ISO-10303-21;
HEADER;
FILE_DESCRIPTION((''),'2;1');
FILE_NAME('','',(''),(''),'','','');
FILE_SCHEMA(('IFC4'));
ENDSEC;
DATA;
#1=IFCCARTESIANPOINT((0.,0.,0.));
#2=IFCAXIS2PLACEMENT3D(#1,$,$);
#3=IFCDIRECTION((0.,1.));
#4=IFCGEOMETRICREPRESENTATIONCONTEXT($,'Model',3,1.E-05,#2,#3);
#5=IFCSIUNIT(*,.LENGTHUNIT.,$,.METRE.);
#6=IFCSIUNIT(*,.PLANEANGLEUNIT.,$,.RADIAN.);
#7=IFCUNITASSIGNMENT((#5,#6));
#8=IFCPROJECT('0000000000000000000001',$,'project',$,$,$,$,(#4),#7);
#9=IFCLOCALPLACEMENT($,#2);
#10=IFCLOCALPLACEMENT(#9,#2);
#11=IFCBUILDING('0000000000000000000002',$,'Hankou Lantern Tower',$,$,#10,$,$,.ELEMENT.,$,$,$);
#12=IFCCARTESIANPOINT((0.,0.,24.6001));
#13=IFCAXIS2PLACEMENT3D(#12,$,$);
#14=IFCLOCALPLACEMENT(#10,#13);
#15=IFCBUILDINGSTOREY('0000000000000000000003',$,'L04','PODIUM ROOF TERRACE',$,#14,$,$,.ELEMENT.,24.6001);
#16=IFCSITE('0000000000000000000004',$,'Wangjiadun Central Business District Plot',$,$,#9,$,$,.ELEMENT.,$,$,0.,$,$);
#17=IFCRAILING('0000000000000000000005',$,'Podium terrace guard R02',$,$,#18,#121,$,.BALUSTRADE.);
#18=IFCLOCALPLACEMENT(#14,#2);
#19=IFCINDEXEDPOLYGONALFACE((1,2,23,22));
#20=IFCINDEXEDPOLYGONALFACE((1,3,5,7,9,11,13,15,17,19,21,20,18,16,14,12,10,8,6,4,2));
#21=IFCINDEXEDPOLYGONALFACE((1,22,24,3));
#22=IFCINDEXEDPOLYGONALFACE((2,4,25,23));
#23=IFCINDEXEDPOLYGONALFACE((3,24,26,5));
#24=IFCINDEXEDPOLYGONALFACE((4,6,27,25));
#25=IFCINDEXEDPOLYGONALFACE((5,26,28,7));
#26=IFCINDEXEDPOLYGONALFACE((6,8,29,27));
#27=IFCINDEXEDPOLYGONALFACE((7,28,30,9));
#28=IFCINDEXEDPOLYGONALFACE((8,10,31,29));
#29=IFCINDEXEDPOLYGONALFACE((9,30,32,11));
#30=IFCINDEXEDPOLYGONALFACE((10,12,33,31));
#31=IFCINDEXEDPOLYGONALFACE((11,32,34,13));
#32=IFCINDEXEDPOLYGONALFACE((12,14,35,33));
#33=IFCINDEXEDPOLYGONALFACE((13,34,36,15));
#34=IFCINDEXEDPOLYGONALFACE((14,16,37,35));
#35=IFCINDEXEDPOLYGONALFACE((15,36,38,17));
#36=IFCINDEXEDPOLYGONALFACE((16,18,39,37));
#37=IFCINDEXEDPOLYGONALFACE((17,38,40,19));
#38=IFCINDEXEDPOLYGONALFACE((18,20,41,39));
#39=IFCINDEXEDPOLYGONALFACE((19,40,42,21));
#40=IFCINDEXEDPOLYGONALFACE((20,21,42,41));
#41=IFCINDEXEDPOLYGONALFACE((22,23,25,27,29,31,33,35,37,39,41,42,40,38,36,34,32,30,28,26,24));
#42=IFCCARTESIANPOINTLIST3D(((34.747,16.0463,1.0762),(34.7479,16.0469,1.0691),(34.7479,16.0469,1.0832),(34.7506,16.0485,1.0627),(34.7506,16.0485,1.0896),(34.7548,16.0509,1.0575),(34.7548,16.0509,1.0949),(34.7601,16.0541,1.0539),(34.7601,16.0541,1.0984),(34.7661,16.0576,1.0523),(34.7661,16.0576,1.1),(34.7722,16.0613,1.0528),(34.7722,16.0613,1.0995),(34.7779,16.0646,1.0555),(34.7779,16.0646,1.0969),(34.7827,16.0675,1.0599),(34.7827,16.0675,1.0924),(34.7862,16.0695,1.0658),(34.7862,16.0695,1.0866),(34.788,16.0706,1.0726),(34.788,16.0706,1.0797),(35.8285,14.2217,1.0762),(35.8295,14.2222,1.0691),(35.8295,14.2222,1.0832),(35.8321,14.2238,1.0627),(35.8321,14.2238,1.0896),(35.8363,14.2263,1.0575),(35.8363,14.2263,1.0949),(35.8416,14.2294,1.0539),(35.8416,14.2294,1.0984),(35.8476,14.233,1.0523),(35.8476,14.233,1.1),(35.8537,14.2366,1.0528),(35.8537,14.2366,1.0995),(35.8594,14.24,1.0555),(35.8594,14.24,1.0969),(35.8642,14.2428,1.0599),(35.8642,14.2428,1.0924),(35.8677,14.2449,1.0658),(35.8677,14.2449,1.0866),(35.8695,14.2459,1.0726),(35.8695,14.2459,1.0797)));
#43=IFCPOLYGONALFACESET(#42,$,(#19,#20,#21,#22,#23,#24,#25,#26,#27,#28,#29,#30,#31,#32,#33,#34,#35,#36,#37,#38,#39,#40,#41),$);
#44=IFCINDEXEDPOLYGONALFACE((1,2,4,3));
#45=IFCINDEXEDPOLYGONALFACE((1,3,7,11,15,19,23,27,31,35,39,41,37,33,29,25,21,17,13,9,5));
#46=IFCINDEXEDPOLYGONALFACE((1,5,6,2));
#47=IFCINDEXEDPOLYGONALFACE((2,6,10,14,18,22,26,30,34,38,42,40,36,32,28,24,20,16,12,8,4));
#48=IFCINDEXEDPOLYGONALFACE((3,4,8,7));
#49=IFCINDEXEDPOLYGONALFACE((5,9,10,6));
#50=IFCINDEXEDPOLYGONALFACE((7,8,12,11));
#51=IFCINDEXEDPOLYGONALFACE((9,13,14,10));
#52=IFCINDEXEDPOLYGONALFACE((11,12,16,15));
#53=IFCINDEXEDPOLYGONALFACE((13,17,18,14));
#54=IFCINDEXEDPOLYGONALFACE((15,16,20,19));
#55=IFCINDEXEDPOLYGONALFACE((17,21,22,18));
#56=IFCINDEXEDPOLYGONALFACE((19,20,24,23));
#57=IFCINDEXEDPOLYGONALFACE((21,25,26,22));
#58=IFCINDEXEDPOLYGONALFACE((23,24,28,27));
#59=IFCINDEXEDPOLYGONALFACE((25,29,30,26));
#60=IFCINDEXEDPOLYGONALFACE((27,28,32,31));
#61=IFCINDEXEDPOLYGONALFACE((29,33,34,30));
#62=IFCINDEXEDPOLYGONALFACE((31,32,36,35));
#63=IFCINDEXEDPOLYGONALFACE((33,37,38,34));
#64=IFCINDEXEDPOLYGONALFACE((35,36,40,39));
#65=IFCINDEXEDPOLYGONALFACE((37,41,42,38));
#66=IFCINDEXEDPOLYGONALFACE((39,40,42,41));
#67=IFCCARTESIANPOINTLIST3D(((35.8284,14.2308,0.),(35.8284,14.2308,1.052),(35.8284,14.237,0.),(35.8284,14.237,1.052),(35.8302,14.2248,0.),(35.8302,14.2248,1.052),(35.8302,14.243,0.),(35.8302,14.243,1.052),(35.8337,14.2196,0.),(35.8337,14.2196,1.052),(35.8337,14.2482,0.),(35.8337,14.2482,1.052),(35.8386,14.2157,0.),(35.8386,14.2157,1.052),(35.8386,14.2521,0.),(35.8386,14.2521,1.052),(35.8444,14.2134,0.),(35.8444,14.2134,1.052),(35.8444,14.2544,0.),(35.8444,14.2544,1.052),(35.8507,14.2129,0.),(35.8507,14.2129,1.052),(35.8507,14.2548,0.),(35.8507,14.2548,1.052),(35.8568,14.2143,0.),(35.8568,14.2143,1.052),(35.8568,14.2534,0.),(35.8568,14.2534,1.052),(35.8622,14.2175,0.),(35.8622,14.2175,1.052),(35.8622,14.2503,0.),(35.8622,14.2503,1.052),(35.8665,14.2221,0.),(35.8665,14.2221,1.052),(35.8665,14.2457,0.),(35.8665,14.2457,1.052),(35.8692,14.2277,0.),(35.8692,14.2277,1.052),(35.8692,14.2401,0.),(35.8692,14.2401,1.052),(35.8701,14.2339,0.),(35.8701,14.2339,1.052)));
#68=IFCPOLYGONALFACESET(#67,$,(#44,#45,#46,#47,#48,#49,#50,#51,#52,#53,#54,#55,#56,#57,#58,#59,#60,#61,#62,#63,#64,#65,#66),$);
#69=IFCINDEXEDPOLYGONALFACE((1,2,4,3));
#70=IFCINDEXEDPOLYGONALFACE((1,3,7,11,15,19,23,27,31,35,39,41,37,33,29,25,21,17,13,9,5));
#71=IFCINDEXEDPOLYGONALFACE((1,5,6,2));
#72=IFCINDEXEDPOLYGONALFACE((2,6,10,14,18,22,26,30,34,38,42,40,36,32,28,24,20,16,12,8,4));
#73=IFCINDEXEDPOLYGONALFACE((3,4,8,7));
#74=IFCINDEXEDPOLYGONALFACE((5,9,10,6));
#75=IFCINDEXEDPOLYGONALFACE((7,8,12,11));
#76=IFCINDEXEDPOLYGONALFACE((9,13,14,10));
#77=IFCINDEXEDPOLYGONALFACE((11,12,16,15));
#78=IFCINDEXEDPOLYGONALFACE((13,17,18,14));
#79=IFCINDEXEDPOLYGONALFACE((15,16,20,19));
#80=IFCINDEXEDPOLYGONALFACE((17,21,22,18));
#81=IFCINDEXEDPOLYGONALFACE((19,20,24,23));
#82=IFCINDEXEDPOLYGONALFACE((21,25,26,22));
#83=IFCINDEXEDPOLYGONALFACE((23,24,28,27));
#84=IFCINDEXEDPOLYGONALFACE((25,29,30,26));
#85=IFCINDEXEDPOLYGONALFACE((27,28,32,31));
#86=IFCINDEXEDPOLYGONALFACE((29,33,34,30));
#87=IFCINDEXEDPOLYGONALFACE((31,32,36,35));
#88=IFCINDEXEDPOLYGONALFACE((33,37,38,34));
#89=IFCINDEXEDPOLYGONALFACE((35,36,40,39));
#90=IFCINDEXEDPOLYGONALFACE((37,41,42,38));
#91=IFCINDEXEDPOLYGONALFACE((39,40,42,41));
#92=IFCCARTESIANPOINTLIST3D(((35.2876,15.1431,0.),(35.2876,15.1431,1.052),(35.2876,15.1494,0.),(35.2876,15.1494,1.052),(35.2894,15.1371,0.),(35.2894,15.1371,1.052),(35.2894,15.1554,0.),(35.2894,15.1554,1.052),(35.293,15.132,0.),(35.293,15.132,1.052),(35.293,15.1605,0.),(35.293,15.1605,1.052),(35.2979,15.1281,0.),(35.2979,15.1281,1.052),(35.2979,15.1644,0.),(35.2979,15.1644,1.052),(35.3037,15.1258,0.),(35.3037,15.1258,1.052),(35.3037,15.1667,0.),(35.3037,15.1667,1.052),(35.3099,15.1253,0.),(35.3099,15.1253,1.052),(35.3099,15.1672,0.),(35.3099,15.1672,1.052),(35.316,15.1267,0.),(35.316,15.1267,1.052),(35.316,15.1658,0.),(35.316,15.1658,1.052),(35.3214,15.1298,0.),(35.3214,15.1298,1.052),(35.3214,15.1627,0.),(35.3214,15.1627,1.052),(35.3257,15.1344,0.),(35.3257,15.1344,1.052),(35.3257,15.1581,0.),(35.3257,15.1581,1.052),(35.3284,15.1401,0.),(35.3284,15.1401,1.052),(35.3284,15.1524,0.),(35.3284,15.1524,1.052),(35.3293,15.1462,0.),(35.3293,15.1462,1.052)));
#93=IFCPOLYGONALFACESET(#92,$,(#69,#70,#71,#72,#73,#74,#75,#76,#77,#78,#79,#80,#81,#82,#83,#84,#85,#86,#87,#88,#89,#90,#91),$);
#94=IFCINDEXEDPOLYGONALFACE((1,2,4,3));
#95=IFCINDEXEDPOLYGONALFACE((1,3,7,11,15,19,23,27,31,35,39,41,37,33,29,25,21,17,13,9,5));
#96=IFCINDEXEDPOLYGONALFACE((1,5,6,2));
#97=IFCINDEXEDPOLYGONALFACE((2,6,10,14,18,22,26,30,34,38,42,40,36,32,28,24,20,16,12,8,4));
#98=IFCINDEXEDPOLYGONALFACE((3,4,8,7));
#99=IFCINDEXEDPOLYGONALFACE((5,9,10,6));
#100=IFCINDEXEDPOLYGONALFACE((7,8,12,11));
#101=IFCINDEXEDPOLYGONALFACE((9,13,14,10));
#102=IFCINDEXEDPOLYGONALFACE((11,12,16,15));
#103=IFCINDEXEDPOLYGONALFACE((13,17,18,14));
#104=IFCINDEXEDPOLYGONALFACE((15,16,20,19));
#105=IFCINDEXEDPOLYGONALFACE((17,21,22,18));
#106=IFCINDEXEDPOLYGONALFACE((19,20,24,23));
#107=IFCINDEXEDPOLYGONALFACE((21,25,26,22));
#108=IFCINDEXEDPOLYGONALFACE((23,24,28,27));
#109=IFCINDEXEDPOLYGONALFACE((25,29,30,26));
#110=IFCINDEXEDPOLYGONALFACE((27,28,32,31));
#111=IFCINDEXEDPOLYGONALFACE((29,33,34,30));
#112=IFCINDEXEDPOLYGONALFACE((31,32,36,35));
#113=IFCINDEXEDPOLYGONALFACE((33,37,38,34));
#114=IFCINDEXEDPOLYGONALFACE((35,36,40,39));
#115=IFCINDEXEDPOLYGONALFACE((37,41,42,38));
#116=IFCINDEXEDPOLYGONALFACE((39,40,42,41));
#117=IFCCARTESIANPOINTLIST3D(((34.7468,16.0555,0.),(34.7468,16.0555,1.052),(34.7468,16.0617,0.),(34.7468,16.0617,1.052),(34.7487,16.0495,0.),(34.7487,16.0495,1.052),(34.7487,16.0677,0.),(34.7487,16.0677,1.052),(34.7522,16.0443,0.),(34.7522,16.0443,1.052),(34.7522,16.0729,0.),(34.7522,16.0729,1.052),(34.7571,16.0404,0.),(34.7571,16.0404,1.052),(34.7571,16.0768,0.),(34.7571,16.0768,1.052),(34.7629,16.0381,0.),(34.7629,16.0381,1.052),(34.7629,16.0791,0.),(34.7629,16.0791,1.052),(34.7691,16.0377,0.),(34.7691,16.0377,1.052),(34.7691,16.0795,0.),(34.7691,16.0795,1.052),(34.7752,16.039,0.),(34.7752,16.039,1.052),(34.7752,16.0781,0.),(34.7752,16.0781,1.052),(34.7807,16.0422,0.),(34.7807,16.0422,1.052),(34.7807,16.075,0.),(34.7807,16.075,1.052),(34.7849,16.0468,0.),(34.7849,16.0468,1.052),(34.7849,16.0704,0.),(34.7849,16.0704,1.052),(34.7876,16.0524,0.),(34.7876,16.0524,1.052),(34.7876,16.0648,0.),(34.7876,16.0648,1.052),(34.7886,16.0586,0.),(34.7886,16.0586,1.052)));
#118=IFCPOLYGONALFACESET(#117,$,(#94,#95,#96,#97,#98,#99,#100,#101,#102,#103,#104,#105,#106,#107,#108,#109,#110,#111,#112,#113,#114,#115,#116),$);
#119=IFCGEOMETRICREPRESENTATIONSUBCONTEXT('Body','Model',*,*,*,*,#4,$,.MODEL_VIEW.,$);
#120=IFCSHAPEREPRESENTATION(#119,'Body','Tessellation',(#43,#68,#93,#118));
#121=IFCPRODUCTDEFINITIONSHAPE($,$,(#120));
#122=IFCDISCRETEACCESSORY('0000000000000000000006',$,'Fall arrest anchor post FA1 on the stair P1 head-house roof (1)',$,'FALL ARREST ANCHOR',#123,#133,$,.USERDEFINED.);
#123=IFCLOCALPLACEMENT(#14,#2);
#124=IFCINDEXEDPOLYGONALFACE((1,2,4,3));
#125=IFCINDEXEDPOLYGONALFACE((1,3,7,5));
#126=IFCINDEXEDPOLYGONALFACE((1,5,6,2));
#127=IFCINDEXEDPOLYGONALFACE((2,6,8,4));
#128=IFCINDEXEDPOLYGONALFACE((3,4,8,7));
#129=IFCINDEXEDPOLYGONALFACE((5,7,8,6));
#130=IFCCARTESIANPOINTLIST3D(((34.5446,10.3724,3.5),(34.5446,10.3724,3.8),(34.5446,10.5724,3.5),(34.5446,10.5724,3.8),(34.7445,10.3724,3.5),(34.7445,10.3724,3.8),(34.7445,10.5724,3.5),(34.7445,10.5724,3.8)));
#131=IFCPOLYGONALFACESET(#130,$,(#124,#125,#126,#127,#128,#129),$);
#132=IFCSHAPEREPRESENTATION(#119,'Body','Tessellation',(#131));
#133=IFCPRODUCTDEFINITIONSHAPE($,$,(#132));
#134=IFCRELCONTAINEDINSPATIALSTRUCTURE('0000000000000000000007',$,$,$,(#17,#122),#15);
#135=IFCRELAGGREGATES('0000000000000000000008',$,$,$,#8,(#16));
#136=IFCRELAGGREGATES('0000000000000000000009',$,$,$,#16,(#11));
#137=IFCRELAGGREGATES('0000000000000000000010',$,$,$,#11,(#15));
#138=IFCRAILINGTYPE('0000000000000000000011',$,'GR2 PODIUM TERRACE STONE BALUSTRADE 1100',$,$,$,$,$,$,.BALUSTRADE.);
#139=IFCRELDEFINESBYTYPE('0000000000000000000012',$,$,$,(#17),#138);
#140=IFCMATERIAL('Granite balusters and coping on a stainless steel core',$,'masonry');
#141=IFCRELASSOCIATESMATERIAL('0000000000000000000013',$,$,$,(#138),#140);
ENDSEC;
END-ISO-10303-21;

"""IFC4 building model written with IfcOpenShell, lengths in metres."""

from ifc_helpers import new_model, si_unit, direction, frame, origin, origin_2d, place, context, subcontext, project, spatial, rectangle, circle, extrude, material, type_object, element, save


model = new_model("IFC4")

# Units and contexts
model_context = context("Model", 3, precision=1e-05, world=origin(), true_north=direction((0.0, 1.0)))
body_context = subcontext(model_context, "Body", "Model", "MODEL_VIEW")
ifc_project = project(units=[si_unit("LENGTHUNIT", "METRE"), si_unit("PLANEANGLEUNIT", "RADIAN")], contexts=[model_context])

# Site, building, storey
site_placement = place(None, origin())
site = spatial("IfcSite", under=ifc_project, at=site_placement, Name="Wangjiadun Central Business District Plot", CompositionType="ELEMENT", RefElevation=0.0)
building_placement = place(site_placement, origin())
building = spatial("IfcBuilding", under=site, at=building_placement, Name="Hankou Lantern Tower", CompositionType="ELEMENT")
storey_placement = place(building_placement, frame((0.0, 0.0, 24.6001)))
storey = spatial("IfcBuildingStorey", under=building, at=storey_placement, Name="L04", Description="PODIUM ROOF TERRACE", CompositionType="ELEMENT", Elevation=24.6001)

# Railing
ifc_material_1 = material(Name="Granite balusters and coping on a stainless steel core", Category="masonry")
railing_type_1 = type_object("IfcRailingType", Name="GR2 PODIUM TERRACE STONE BALUSTRADE 1100", PredefinedType="BALUSTRADE", material=ifc_material_1)
railing_1_placement = place(storey_placement, frame((35.8491, 14.2339, 0.0)))
element("IfcRailing", 1, at=railing_1_placement, inside=storey, type_object=railing_type_1, Name="Podium terrace guard R02", PredefinedType="BALUSTRADE", context=body_context, shape_type="SweptSolid", body=[
    extrude(circle(Radius=0.0239, at=origin_2d()), frame((0.0, 0.0, 1.0762), z_axis=(-0.509884, 0.860243, 0.0), x_axis=(-0.860243, -0.509884, 0.0)), (0.0, 0.0, 1.0), 2.1211),
    extrude(circle(Radius=0.021, at=origin_2d()), origin(), (0.0, 0.0, 1.0), 1.052),
    extrude(circle(Radius=0.021, at=origin_2d()), frame((-0.5408, 0.9124, 0.0)), (0.0, 0.0, 1.0), 1.052),
    extrude(circle(Radius=0.021, at=origin_2d()), frame((-1.0815, 1.8247, 0.0)), (0.0, 0.0, 1.0), 1.052),
])

# Discrete accessory
discrete_accessory_placement = place(storey_placement, frame((34.6445, 10.4724, 3.5), z_axis=(0.0, 0.0, 1.0), x_axis=(1.0, 0.0, 0.0)))
element("IfcDiscreteAccessory", 2, at=discrete_accessory_placement, inside=storey, Name="Fall arrest anchor post FA1 on the stair P1 head-house roof (1)", ObjectType="FALL ARREST ANCHOR", PredefinedType="USERDEFINED", context=body_context, shape_type="SweptSolid", body=[
    extrude(rectangle(XDim=0.2, YDim=0.2, at=origin_2d()), origin(), (0.0, 0.0, 1.0), 0.3),
])

save(model, "model.ifc")
